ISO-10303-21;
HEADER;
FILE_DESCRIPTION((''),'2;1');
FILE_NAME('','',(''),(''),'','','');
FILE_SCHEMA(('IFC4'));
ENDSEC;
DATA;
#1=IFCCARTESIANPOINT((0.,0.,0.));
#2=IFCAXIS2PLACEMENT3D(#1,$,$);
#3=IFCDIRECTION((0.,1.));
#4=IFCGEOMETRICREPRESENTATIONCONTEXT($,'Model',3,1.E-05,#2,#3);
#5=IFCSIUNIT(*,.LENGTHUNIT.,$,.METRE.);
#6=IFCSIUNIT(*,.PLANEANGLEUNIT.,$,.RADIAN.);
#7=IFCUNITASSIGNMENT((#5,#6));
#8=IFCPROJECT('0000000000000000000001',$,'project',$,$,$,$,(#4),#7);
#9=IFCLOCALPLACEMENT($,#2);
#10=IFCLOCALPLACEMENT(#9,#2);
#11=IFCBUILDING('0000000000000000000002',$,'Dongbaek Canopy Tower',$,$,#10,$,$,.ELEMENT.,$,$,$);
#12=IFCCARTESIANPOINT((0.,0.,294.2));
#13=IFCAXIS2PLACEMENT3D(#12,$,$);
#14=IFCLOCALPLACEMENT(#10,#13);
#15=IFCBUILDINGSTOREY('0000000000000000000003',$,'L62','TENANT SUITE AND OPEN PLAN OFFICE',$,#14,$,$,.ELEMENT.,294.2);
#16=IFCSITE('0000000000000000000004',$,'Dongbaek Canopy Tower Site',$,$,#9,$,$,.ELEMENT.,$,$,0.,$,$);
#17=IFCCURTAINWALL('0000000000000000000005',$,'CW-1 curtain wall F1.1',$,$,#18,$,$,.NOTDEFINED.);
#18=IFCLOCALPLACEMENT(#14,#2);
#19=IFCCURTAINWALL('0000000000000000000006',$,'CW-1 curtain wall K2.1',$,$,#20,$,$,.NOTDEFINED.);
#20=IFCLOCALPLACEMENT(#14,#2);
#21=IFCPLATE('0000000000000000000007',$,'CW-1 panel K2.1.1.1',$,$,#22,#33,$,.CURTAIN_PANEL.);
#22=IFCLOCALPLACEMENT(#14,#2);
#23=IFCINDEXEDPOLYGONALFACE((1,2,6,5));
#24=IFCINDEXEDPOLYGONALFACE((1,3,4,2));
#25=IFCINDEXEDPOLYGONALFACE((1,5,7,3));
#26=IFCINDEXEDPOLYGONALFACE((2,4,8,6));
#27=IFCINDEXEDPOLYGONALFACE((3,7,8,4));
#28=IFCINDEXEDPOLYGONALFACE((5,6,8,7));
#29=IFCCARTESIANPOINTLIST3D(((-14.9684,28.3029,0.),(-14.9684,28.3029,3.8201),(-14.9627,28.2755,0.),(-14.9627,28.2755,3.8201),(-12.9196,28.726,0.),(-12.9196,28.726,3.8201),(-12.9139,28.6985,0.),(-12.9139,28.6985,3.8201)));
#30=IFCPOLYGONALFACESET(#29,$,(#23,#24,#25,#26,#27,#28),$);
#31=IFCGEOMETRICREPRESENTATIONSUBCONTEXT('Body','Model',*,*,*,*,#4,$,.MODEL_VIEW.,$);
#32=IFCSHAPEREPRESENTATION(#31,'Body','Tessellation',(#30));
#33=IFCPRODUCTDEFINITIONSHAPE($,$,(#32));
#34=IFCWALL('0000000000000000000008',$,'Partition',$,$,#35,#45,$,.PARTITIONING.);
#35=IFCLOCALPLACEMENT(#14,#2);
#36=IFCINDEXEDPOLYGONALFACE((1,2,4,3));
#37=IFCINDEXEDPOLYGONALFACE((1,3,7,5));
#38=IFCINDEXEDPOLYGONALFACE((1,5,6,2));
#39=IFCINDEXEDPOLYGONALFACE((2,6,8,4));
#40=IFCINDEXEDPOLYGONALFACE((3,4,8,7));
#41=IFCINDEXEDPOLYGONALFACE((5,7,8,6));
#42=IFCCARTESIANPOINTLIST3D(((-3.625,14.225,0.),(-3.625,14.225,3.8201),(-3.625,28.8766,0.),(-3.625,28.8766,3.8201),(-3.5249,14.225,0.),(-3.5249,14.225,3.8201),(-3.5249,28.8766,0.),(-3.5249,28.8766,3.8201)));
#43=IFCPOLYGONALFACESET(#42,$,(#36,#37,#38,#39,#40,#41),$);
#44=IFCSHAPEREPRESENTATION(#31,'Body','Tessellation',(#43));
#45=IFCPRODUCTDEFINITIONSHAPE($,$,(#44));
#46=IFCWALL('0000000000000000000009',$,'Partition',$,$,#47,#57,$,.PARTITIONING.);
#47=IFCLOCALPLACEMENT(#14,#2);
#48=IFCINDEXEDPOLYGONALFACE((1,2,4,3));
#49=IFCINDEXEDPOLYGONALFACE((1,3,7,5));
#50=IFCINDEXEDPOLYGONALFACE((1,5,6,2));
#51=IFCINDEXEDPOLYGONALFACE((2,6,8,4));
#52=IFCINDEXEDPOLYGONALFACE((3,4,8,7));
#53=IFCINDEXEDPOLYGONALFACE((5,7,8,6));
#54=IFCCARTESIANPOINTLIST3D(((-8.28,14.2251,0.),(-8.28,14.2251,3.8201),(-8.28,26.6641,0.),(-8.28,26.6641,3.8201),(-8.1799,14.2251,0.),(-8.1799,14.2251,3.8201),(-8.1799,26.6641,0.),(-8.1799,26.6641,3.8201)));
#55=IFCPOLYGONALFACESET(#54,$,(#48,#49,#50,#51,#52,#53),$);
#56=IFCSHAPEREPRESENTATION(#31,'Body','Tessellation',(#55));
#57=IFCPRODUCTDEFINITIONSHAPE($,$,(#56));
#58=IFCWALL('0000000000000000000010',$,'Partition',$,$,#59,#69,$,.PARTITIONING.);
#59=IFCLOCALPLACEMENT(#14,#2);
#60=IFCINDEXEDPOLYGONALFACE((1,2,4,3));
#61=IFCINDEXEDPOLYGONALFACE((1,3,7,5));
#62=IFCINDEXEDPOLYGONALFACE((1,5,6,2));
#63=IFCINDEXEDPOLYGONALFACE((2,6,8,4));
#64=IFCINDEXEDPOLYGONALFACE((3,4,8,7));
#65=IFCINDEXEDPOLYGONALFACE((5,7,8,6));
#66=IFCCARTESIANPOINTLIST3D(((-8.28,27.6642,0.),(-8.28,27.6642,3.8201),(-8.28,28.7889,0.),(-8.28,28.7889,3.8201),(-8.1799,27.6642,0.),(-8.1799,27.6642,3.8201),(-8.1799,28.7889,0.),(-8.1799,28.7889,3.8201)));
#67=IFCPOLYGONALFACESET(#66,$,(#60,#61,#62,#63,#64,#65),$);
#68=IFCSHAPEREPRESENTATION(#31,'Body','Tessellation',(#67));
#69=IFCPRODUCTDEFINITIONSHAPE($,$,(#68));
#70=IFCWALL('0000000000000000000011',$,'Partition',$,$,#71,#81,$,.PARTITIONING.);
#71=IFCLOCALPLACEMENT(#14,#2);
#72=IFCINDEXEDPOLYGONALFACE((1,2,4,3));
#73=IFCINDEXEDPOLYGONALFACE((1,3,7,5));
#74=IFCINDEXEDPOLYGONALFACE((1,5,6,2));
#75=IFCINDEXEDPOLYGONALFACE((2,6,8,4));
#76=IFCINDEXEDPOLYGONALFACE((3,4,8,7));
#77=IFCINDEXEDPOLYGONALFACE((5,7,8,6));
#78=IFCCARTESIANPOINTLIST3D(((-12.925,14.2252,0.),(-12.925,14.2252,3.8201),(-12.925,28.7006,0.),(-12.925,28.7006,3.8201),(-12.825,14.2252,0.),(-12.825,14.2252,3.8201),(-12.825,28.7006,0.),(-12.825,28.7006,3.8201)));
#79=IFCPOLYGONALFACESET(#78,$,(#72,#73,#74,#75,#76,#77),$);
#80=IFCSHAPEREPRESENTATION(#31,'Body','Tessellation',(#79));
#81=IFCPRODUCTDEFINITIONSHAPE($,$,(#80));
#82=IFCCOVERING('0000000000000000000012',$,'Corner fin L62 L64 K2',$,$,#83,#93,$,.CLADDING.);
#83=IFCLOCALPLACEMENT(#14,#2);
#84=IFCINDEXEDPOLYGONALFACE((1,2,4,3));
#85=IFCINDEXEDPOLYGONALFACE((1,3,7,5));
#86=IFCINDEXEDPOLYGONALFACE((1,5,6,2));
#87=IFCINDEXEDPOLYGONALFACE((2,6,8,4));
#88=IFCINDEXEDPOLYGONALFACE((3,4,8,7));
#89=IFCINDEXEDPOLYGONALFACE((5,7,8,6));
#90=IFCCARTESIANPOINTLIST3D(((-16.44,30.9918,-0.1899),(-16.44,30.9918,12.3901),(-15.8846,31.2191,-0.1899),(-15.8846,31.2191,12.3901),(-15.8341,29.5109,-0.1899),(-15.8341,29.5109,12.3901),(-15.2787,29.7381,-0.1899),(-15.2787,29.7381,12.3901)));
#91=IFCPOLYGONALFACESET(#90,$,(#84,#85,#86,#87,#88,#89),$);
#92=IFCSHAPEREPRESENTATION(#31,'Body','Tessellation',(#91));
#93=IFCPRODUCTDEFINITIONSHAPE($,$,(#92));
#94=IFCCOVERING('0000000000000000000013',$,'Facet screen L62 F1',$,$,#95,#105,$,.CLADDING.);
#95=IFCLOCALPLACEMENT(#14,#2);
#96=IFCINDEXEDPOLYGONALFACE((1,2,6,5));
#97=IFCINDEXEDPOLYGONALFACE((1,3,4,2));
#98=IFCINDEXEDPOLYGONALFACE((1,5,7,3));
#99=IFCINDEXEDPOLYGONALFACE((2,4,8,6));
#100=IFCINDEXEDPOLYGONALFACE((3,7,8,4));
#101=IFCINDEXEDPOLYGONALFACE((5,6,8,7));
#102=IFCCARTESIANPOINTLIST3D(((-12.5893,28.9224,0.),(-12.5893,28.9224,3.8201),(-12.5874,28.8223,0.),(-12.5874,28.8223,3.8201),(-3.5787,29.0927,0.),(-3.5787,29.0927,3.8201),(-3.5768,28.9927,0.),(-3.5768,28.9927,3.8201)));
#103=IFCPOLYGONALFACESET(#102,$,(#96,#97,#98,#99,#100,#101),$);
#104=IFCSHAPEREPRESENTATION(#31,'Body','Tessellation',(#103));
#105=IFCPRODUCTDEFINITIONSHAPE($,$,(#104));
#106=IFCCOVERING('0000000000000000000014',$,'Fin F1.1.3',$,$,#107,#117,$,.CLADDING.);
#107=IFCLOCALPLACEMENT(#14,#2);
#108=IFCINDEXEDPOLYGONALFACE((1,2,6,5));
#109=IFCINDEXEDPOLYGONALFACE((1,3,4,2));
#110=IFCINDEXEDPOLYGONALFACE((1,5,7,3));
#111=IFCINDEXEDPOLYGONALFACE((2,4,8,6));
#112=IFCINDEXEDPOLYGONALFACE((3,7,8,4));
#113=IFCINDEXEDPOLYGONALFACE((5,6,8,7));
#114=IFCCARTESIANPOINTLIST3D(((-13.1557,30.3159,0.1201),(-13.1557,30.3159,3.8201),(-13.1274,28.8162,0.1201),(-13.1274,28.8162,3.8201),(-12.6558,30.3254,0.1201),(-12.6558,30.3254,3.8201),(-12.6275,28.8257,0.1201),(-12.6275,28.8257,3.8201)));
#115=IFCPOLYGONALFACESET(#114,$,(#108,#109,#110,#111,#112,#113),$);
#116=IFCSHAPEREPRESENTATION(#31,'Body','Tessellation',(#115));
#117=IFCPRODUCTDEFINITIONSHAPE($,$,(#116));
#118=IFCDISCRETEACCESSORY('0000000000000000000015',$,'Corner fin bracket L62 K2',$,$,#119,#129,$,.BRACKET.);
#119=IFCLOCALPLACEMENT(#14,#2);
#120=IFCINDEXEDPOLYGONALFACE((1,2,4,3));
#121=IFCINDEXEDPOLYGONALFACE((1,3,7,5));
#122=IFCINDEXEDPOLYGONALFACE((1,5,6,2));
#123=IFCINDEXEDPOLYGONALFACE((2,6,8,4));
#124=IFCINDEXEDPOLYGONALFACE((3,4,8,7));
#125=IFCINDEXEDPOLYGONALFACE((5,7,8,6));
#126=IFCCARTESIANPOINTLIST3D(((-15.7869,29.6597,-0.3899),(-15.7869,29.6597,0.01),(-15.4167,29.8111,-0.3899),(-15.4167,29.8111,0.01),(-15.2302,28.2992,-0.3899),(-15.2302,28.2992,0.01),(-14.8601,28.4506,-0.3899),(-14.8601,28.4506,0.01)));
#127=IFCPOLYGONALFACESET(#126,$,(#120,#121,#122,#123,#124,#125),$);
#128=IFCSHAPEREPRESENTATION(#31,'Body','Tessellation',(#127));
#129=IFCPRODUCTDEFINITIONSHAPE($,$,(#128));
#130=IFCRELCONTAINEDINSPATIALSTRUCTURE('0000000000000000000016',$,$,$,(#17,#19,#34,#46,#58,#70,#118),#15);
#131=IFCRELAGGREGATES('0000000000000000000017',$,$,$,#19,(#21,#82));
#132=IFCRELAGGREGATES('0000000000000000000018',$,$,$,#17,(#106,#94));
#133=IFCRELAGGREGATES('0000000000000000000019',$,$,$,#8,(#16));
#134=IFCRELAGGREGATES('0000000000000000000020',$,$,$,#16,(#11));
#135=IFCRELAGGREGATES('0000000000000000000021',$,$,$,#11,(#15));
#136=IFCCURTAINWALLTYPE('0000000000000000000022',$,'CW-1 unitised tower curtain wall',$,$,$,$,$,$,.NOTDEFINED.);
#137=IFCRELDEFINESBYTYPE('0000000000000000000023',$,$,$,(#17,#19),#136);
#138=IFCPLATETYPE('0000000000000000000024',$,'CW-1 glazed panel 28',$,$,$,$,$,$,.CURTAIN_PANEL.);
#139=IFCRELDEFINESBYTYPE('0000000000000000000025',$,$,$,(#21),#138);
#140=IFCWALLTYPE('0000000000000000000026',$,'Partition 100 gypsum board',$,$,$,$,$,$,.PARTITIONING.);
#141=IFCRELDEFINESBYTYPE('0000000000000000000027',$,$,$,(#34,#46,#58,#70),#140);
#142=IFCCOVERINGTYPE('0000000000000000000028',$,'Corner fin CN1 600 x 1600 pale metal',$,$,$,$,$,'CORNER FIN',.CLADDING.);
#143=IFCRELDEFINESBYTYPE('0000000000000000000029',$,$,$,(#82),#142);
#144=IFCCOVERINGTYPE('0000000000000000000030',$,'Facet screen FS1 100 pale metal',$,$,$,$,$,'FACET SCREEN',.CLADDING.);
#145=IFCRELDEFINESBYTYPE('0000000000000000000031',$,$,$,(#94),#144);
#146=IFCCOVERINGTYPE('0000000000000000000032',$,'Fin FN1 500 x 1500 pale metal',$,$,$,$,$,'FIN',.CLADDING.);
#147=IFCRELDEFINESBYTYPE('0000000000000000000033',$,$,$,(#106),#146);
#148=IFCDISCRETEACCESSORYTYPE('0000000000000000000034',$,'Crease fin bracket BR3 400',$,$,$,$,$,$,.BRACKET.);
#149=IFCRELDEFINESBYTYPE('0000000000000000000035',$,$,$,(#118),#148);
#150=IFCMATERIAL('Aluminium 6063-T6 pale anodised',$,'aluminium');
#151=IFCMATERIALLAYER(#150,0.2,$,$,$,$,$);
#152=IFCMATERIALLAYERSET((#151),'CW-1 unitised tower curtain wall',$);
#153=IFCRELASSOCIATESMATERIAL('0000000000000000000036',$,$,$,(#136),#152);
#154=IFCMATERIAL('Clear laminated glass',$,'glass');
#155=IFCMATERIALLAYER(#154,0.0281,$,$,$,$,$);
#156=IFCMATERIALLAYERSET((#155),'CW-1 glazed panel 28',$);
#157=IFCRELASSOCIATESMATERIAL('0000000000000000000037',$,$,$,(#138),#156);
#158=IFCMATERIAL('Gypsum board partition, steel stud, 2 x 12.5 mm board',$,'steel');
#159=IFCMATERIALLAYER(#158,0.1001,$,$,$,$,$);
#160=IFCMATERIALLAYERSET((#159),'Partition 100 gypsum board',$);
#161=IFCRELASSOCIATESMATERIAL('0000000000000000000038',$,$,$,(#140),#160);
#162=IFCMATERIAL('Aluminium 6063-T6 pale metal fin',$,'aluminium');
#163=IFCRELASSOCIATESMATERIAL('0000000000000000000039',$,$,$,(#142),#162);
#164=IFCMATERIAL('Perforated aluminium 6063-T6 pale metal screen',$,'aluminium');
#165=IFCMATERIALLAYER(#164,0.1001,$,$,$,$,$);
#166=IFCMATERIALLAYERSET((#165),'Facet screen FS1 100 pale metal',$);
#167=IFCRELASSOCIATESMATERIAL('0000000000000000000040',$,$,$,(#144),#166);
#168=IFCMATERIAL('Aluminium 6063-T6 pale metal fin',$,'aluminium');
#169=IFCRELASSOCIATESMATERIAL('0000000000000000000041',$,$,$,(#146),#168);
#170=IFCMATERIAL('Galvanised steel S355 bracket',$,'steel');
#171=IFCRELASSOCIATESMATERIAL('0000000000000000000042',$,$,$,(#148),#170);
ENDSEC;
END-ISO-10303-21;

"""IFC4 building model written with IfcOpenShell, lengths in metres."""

from ifc_helpers import new_model, si_unit, direction, frame, frame_2d, origin, origin_2d, place, context, subcontext, project, spatial, rectangle, extrude, material, layer, layer_set, material_profile, profile_set, type_object, element, aggregate, save


model = new_model("IFC4")

# Units and contexts
model_context = context("Model", 3, precision=1e-05, world=origin(), true_north=direction((0.0, 1.0)))
body_context = subcontext(model_context, "Body", "Model", "MODEL_VIEW")
ifc_project = project(units=[si_unit("LENGTHUNIT", "METRE"), si_unit("PLANEANGLEUNIT", "RADIAN")], contexts=[model_context])

# Site, building, storey
site_placement = place(None, origin())
site = spatial("IfcSite", under=ifc_project, at=site_placement, Name="Dongbaek Canopy Tower Site", CompositionType="ELEMENT", RefElevation=0.0)
building_placement = place(site_placement, origin())
building = spatial("IfcBuilding", under=site, at=building_placement, Name="Dongbaek Canopy Tower", CompositionType="ELEMENT")
storey_placement = place(building_placement, frame((0.0, 0.0, 294.2)))
storey = spatial("IfcBuildingStorey", under=building, at=storey_placement, Name="L62", Description="TENANT SUITE AND OPEN PLAN OFFICE", CompositionType="ELEMENT", Elevation=294.2)

# Curtain wall
ifc_material_1 = material(Name="Aluminium 6063-T6 pale anodised", Category="aluminium")
ifc_layer_1 = layer(ifc_material_1, 0.2)
ifc_layer_set_1 = layer_set([ifc_layer_1], Name="CW-1 unitised tower curtain wall")
curtain_wall_type = type_object("IfcCurtainWallType", Name="CW-1 unitised tower curtain wall", PredefinedType="NOTDEFINED", material=ifc_layer_set_1)
curtain_wall_1_placement = place(storey_placement, origin())
curtain_wall_1 = element("IfcCurtainWall", 1, at=curtain_wall_1_placement, inside=storey, type_object=curtain_wall_type, Name="CW-1 curtain wall F1.1", PredefinedType="NOTDEFINED")

# Curtain wall
curtain_wall_2_placement = place(storey_placement, origin())
curtain_wall_2 = element("IfcCurtainWall", 2, at=curtain_wall_2_placement, inside=storey, type_object=curtain_wall_type, Name="CW-1 curtain wall K2.1", PredefinedType="NOTDEFINED")

# Plate
ifc_material_2 = material(Name="Clear laminated glass", Category="glass")
ifc_layer_2 = layer(ifc_material_2, 0.0281)
ifc_layer_set_2 = layer_set([ifc_layer_2], Name="CW-1 glazed panel 28")
plate_type = type_object("IfcPlateType", Name="CW-1 glazed panel 28", PredefinedType="CURTAIN_PANEL", material=ifc_layer_set_2)
plate_1_placement = place(storey_placement, frame((-13.9412, 28.5007, 0.0), z_axis=(0.0, 0.0, 1.0), x_axis=(-0.979339, -0.202226, 0.0)))
plate_1 = element("IfcPlate", 3, at=plate_1_placement, type_object=plate_type, Name="CW-1 panel K2.1.1.1", PredefinedType="CURTAIN_PANEL", context=body_context, shape_type="SweptSolid", body=[
    extrude(rectangle(XDim=2.092, YDim=0.0281, at=origin_2d()), origin(), (0.0, 0.0, 1.0), 3.8201),
])

# Walls
ifc_material_3 = material(Name="Gypsum board partition, steel stud, 2 x 12.5 mm board", Category="steel")
ifc_layer_3 = layer(ifc_material_3, 0.1001)
ifc_layer_set_3 = layer_set([ifc_layer_3], Name="Partition 100 gypsum board")
wall_type = type_object("IfcWallType", Name="Partition 100 gypsum board", PredefinedType="PARTITIONING", material=ifc_layer_set_3)
wall_1_placement = place(storey_placement, frame((-3.575, 14.2251, 0.0), z_axis=(0.0, 0.0, 1.0), x_axis=(0.0, 1.0, 0.0)))
element("IfcWall", 4, at=wall_1_placement, inside=storey, type_object=wall_type, Name="Partition", PredefinedType="PARTITIONING", context=body_context, shape_type="SweptSolid", body=[
    extrude(rectangle(XDim=14.6516, YDim=0.1001, at=frame_2d((7.3257, 0.0))), origin(), (0.0, 0.0, 1.0), 3.8201),
])
wall_2_placement = place(storey_placement, frame((-8.23, 14.2251, 0.0), z_axis=(0.0, 0.0, 1.0), x_axis=(0.0, 1.0, 0.0)))
element("IfcWall", 5, at=wall_2_placement, inside=storey, type_object=wall_type, Name="Partition", PredefinedType="PARTITIONING", context=body_context, shape_type="SweptSolid", body=[
    extrude(rectangle(XDim=12.439, YDim=0.1001, at=frame_2d((6.2195, 0.0))), origin(), (0.0, 0.0, 1.0), 3.8201),
])
wall_3_placement = place(storey_placement, frame((-8.23, 27.6641, 0.0), z_axis=(0.0, 0.0, 1.0), x_axis=(0.0, 1.0, 0.0)))
element("IfcWall", 6, at=wall_3_placement, inside=storey, type_object=wall_type, Name="Partition", PredefinedType="PARTITIONING", context=body_context, shape_type="SweptSolid", body=[
    extrude(rectangle(XDim=1.1248, YDim=0.1001, at=frame_2d((0.5625, 0.0))), origin(), (0.0, 0.0, 1.0), 3.8201),
])
wall_4_placement = place(storey_placement, frame((-12.875, 14.2251, 0.0), z_axis=(0.0, 0.0, 1.0), x_axis=(0.0, 1.0, 0.0)))
element("IfcWall", 7, at=wall_4_placement, inside=storey, type_object=wall_type, Name="Partition", PredefinedType="PARTITIONING", context=body_context, shape_type="SweptSolid", body=[
    extrude(rectangle(XDim=14.4753, YDim=0.1001, at=frame_2d((7.2378, 0.0))), origin(), (0.0, 0.0, 1.0), 3.8201),
])

# Coverings
ifc_material_4 = material(Name="Aluminium 6063-T6 pale metal fin", Category="aluminium")
ifc_material_profile_1 = material_profile(ifc_material_4, rectangle(XDim=1.6001, YDim=0.6001, at=origin_2d()), Name="Corner fin CN1 600 x 1600 pale metal")
ifc_profile_set_1 = profile_set([ifc_material_profile_1], Name="Aluminium 6063-T6 pale metal fin")
covering_type_1 = type_object("IfcCoveringType", Name="Corner fin CN1 600 x 1600 pale metal", ElementType="CORNER FIN", PredefinedType="CLADDING", material=ifc_profile_set_1)
covering_1_placement = place(storey_placement, frame((-15.8594, 30.365, -0.1899), z_axis=(0.0, 0.0, 1.0), x_axis=(-0.378666, 0.925533, 0.0)))
covering_1 = element("IfcCovering", 8, at=covering_1_placement, type_object=covering_type_1, Name="Corner fin L62 L64 K2", PredefinedType="CLADDING", context=body_context, shape_type="SweptSolid", body=[
    extrude(rectangle(XDim=1.6001, YDim=0.6001, at=origin_2d()), origin(), (0.0, 0.0, 1.0), 12.5801),
])
aggregate(curtain_wall_2, [plate_1, covering_1])
ifc_material_5 = material(Name="Perforated aluminium 6063-T6 pale metal screen", Category="aluminium")
ifc_layer_4 = layer(ifc_material_5, 0.1001)
ifc_layer_set_4 = layer_set([ifc_layer_4], Name="Facet screen FS1 100 pale metal")
covering_type_2 = type_object("IfcCoveringType", Name="Facet screen FS1 100 pale metal", ElementType="FACET SCREEN", PredefinedType="CLADDING", material=ifc_layer_set_4)
covering_2_placement = place(storey_placement, frame((-8.083, 28.9575, 0.0), z_axis=(0.0, 0.0, 1.0), x_axis=(-0.999821, -0.018904, 0.0)))
covering_2 = element("IfcCovering", 9, at=covering_2_placement, type_object=covering_type_2, Name="Facet screen L62 F1", PredefinedType="CLADDING", context=body_context, shape_type="SweptSolid", body=[
    extrude(rectangle(XDim=9.0122, YDim=0.1001, at=origin_2d()), origin(), (0.0, 0.0, 1.0), 3.8201),
])
ifc_material_6 = material(Name="Aluminium 6063-T6 pale metal fin", Category="aluminium")
ifc_material_profile_2 = material_profile(ifc_material_6, rectangle(XDim=1.5, YDim=0.5, at=origin_2d()), Name="Fin FN1 500 x 1500 pale metal")
ifc_profile_set_2 = profile_set([ifc_material_profile_2], Name="Aluminium 6063-T6 pale metal fin")
covering_type_3 = type_object("IfcCoveringType", Name="Fin FN1 500 x 1500 pale metal", ElementType="FIN", PredefinedType="CLADDING", material=ifc_profile_set_2)
covering_3_placement = place(storey_placement, frame((-12.8916, 29.5708, 0.1201), z_axis=(0.0, 0.0, 1.0), x_axis=(-0.018905, 0.999821, 0.0)))
covering_3 = element("IfcCovering", 10, at=covering_3_placement, type_object=covering_type_3, Name="Fin F1.1.3", PredefinedType="CLADDING", context=body_context, shape_type="SweptSolid", body=[
    extrude(rectangle(XDim=1.5, YDim=0.5, at=origin_2d()), origin(), (0.0, 0.0, 1.0), 3.7),
])
aggregate(curtain_wall_1, [covering_3, covering_2])

# Discrete accessory
ifc_material_7 = material(Name="Galvanised steel S355 bracket", Category="steel")
discrete_accessory_type = type_object("IfcDiscreteAccessoryType", Name="Crease fin bracket BR3 400", PredefinedType="BRACKET", material=ifc_material_7)
discrete_accessory_placement = place(storey_placement, frame((-15.3235, 29.0552, -0.3899), z_axis=(0.0, 0.0, 1.0), x_axis=(-0.378666, 0.925533, 0.0)))
element("IfcDiscreteAccessory", 11, at=discrete_accessory_placement, inside=storey, type_object=discrete_accessory_type, Name="Corner fin bracket L62 K2", PredefinedType="BRACKET", context=body_context, shape_type="SweptSolid", body=[
    extrude(rectangle(XDim=1.47, YDim=0.3999, at=origin_2d()), origin(), (0.0, 0.0, 1.0), 0.3999),
])

save(model, "model.ifc")
